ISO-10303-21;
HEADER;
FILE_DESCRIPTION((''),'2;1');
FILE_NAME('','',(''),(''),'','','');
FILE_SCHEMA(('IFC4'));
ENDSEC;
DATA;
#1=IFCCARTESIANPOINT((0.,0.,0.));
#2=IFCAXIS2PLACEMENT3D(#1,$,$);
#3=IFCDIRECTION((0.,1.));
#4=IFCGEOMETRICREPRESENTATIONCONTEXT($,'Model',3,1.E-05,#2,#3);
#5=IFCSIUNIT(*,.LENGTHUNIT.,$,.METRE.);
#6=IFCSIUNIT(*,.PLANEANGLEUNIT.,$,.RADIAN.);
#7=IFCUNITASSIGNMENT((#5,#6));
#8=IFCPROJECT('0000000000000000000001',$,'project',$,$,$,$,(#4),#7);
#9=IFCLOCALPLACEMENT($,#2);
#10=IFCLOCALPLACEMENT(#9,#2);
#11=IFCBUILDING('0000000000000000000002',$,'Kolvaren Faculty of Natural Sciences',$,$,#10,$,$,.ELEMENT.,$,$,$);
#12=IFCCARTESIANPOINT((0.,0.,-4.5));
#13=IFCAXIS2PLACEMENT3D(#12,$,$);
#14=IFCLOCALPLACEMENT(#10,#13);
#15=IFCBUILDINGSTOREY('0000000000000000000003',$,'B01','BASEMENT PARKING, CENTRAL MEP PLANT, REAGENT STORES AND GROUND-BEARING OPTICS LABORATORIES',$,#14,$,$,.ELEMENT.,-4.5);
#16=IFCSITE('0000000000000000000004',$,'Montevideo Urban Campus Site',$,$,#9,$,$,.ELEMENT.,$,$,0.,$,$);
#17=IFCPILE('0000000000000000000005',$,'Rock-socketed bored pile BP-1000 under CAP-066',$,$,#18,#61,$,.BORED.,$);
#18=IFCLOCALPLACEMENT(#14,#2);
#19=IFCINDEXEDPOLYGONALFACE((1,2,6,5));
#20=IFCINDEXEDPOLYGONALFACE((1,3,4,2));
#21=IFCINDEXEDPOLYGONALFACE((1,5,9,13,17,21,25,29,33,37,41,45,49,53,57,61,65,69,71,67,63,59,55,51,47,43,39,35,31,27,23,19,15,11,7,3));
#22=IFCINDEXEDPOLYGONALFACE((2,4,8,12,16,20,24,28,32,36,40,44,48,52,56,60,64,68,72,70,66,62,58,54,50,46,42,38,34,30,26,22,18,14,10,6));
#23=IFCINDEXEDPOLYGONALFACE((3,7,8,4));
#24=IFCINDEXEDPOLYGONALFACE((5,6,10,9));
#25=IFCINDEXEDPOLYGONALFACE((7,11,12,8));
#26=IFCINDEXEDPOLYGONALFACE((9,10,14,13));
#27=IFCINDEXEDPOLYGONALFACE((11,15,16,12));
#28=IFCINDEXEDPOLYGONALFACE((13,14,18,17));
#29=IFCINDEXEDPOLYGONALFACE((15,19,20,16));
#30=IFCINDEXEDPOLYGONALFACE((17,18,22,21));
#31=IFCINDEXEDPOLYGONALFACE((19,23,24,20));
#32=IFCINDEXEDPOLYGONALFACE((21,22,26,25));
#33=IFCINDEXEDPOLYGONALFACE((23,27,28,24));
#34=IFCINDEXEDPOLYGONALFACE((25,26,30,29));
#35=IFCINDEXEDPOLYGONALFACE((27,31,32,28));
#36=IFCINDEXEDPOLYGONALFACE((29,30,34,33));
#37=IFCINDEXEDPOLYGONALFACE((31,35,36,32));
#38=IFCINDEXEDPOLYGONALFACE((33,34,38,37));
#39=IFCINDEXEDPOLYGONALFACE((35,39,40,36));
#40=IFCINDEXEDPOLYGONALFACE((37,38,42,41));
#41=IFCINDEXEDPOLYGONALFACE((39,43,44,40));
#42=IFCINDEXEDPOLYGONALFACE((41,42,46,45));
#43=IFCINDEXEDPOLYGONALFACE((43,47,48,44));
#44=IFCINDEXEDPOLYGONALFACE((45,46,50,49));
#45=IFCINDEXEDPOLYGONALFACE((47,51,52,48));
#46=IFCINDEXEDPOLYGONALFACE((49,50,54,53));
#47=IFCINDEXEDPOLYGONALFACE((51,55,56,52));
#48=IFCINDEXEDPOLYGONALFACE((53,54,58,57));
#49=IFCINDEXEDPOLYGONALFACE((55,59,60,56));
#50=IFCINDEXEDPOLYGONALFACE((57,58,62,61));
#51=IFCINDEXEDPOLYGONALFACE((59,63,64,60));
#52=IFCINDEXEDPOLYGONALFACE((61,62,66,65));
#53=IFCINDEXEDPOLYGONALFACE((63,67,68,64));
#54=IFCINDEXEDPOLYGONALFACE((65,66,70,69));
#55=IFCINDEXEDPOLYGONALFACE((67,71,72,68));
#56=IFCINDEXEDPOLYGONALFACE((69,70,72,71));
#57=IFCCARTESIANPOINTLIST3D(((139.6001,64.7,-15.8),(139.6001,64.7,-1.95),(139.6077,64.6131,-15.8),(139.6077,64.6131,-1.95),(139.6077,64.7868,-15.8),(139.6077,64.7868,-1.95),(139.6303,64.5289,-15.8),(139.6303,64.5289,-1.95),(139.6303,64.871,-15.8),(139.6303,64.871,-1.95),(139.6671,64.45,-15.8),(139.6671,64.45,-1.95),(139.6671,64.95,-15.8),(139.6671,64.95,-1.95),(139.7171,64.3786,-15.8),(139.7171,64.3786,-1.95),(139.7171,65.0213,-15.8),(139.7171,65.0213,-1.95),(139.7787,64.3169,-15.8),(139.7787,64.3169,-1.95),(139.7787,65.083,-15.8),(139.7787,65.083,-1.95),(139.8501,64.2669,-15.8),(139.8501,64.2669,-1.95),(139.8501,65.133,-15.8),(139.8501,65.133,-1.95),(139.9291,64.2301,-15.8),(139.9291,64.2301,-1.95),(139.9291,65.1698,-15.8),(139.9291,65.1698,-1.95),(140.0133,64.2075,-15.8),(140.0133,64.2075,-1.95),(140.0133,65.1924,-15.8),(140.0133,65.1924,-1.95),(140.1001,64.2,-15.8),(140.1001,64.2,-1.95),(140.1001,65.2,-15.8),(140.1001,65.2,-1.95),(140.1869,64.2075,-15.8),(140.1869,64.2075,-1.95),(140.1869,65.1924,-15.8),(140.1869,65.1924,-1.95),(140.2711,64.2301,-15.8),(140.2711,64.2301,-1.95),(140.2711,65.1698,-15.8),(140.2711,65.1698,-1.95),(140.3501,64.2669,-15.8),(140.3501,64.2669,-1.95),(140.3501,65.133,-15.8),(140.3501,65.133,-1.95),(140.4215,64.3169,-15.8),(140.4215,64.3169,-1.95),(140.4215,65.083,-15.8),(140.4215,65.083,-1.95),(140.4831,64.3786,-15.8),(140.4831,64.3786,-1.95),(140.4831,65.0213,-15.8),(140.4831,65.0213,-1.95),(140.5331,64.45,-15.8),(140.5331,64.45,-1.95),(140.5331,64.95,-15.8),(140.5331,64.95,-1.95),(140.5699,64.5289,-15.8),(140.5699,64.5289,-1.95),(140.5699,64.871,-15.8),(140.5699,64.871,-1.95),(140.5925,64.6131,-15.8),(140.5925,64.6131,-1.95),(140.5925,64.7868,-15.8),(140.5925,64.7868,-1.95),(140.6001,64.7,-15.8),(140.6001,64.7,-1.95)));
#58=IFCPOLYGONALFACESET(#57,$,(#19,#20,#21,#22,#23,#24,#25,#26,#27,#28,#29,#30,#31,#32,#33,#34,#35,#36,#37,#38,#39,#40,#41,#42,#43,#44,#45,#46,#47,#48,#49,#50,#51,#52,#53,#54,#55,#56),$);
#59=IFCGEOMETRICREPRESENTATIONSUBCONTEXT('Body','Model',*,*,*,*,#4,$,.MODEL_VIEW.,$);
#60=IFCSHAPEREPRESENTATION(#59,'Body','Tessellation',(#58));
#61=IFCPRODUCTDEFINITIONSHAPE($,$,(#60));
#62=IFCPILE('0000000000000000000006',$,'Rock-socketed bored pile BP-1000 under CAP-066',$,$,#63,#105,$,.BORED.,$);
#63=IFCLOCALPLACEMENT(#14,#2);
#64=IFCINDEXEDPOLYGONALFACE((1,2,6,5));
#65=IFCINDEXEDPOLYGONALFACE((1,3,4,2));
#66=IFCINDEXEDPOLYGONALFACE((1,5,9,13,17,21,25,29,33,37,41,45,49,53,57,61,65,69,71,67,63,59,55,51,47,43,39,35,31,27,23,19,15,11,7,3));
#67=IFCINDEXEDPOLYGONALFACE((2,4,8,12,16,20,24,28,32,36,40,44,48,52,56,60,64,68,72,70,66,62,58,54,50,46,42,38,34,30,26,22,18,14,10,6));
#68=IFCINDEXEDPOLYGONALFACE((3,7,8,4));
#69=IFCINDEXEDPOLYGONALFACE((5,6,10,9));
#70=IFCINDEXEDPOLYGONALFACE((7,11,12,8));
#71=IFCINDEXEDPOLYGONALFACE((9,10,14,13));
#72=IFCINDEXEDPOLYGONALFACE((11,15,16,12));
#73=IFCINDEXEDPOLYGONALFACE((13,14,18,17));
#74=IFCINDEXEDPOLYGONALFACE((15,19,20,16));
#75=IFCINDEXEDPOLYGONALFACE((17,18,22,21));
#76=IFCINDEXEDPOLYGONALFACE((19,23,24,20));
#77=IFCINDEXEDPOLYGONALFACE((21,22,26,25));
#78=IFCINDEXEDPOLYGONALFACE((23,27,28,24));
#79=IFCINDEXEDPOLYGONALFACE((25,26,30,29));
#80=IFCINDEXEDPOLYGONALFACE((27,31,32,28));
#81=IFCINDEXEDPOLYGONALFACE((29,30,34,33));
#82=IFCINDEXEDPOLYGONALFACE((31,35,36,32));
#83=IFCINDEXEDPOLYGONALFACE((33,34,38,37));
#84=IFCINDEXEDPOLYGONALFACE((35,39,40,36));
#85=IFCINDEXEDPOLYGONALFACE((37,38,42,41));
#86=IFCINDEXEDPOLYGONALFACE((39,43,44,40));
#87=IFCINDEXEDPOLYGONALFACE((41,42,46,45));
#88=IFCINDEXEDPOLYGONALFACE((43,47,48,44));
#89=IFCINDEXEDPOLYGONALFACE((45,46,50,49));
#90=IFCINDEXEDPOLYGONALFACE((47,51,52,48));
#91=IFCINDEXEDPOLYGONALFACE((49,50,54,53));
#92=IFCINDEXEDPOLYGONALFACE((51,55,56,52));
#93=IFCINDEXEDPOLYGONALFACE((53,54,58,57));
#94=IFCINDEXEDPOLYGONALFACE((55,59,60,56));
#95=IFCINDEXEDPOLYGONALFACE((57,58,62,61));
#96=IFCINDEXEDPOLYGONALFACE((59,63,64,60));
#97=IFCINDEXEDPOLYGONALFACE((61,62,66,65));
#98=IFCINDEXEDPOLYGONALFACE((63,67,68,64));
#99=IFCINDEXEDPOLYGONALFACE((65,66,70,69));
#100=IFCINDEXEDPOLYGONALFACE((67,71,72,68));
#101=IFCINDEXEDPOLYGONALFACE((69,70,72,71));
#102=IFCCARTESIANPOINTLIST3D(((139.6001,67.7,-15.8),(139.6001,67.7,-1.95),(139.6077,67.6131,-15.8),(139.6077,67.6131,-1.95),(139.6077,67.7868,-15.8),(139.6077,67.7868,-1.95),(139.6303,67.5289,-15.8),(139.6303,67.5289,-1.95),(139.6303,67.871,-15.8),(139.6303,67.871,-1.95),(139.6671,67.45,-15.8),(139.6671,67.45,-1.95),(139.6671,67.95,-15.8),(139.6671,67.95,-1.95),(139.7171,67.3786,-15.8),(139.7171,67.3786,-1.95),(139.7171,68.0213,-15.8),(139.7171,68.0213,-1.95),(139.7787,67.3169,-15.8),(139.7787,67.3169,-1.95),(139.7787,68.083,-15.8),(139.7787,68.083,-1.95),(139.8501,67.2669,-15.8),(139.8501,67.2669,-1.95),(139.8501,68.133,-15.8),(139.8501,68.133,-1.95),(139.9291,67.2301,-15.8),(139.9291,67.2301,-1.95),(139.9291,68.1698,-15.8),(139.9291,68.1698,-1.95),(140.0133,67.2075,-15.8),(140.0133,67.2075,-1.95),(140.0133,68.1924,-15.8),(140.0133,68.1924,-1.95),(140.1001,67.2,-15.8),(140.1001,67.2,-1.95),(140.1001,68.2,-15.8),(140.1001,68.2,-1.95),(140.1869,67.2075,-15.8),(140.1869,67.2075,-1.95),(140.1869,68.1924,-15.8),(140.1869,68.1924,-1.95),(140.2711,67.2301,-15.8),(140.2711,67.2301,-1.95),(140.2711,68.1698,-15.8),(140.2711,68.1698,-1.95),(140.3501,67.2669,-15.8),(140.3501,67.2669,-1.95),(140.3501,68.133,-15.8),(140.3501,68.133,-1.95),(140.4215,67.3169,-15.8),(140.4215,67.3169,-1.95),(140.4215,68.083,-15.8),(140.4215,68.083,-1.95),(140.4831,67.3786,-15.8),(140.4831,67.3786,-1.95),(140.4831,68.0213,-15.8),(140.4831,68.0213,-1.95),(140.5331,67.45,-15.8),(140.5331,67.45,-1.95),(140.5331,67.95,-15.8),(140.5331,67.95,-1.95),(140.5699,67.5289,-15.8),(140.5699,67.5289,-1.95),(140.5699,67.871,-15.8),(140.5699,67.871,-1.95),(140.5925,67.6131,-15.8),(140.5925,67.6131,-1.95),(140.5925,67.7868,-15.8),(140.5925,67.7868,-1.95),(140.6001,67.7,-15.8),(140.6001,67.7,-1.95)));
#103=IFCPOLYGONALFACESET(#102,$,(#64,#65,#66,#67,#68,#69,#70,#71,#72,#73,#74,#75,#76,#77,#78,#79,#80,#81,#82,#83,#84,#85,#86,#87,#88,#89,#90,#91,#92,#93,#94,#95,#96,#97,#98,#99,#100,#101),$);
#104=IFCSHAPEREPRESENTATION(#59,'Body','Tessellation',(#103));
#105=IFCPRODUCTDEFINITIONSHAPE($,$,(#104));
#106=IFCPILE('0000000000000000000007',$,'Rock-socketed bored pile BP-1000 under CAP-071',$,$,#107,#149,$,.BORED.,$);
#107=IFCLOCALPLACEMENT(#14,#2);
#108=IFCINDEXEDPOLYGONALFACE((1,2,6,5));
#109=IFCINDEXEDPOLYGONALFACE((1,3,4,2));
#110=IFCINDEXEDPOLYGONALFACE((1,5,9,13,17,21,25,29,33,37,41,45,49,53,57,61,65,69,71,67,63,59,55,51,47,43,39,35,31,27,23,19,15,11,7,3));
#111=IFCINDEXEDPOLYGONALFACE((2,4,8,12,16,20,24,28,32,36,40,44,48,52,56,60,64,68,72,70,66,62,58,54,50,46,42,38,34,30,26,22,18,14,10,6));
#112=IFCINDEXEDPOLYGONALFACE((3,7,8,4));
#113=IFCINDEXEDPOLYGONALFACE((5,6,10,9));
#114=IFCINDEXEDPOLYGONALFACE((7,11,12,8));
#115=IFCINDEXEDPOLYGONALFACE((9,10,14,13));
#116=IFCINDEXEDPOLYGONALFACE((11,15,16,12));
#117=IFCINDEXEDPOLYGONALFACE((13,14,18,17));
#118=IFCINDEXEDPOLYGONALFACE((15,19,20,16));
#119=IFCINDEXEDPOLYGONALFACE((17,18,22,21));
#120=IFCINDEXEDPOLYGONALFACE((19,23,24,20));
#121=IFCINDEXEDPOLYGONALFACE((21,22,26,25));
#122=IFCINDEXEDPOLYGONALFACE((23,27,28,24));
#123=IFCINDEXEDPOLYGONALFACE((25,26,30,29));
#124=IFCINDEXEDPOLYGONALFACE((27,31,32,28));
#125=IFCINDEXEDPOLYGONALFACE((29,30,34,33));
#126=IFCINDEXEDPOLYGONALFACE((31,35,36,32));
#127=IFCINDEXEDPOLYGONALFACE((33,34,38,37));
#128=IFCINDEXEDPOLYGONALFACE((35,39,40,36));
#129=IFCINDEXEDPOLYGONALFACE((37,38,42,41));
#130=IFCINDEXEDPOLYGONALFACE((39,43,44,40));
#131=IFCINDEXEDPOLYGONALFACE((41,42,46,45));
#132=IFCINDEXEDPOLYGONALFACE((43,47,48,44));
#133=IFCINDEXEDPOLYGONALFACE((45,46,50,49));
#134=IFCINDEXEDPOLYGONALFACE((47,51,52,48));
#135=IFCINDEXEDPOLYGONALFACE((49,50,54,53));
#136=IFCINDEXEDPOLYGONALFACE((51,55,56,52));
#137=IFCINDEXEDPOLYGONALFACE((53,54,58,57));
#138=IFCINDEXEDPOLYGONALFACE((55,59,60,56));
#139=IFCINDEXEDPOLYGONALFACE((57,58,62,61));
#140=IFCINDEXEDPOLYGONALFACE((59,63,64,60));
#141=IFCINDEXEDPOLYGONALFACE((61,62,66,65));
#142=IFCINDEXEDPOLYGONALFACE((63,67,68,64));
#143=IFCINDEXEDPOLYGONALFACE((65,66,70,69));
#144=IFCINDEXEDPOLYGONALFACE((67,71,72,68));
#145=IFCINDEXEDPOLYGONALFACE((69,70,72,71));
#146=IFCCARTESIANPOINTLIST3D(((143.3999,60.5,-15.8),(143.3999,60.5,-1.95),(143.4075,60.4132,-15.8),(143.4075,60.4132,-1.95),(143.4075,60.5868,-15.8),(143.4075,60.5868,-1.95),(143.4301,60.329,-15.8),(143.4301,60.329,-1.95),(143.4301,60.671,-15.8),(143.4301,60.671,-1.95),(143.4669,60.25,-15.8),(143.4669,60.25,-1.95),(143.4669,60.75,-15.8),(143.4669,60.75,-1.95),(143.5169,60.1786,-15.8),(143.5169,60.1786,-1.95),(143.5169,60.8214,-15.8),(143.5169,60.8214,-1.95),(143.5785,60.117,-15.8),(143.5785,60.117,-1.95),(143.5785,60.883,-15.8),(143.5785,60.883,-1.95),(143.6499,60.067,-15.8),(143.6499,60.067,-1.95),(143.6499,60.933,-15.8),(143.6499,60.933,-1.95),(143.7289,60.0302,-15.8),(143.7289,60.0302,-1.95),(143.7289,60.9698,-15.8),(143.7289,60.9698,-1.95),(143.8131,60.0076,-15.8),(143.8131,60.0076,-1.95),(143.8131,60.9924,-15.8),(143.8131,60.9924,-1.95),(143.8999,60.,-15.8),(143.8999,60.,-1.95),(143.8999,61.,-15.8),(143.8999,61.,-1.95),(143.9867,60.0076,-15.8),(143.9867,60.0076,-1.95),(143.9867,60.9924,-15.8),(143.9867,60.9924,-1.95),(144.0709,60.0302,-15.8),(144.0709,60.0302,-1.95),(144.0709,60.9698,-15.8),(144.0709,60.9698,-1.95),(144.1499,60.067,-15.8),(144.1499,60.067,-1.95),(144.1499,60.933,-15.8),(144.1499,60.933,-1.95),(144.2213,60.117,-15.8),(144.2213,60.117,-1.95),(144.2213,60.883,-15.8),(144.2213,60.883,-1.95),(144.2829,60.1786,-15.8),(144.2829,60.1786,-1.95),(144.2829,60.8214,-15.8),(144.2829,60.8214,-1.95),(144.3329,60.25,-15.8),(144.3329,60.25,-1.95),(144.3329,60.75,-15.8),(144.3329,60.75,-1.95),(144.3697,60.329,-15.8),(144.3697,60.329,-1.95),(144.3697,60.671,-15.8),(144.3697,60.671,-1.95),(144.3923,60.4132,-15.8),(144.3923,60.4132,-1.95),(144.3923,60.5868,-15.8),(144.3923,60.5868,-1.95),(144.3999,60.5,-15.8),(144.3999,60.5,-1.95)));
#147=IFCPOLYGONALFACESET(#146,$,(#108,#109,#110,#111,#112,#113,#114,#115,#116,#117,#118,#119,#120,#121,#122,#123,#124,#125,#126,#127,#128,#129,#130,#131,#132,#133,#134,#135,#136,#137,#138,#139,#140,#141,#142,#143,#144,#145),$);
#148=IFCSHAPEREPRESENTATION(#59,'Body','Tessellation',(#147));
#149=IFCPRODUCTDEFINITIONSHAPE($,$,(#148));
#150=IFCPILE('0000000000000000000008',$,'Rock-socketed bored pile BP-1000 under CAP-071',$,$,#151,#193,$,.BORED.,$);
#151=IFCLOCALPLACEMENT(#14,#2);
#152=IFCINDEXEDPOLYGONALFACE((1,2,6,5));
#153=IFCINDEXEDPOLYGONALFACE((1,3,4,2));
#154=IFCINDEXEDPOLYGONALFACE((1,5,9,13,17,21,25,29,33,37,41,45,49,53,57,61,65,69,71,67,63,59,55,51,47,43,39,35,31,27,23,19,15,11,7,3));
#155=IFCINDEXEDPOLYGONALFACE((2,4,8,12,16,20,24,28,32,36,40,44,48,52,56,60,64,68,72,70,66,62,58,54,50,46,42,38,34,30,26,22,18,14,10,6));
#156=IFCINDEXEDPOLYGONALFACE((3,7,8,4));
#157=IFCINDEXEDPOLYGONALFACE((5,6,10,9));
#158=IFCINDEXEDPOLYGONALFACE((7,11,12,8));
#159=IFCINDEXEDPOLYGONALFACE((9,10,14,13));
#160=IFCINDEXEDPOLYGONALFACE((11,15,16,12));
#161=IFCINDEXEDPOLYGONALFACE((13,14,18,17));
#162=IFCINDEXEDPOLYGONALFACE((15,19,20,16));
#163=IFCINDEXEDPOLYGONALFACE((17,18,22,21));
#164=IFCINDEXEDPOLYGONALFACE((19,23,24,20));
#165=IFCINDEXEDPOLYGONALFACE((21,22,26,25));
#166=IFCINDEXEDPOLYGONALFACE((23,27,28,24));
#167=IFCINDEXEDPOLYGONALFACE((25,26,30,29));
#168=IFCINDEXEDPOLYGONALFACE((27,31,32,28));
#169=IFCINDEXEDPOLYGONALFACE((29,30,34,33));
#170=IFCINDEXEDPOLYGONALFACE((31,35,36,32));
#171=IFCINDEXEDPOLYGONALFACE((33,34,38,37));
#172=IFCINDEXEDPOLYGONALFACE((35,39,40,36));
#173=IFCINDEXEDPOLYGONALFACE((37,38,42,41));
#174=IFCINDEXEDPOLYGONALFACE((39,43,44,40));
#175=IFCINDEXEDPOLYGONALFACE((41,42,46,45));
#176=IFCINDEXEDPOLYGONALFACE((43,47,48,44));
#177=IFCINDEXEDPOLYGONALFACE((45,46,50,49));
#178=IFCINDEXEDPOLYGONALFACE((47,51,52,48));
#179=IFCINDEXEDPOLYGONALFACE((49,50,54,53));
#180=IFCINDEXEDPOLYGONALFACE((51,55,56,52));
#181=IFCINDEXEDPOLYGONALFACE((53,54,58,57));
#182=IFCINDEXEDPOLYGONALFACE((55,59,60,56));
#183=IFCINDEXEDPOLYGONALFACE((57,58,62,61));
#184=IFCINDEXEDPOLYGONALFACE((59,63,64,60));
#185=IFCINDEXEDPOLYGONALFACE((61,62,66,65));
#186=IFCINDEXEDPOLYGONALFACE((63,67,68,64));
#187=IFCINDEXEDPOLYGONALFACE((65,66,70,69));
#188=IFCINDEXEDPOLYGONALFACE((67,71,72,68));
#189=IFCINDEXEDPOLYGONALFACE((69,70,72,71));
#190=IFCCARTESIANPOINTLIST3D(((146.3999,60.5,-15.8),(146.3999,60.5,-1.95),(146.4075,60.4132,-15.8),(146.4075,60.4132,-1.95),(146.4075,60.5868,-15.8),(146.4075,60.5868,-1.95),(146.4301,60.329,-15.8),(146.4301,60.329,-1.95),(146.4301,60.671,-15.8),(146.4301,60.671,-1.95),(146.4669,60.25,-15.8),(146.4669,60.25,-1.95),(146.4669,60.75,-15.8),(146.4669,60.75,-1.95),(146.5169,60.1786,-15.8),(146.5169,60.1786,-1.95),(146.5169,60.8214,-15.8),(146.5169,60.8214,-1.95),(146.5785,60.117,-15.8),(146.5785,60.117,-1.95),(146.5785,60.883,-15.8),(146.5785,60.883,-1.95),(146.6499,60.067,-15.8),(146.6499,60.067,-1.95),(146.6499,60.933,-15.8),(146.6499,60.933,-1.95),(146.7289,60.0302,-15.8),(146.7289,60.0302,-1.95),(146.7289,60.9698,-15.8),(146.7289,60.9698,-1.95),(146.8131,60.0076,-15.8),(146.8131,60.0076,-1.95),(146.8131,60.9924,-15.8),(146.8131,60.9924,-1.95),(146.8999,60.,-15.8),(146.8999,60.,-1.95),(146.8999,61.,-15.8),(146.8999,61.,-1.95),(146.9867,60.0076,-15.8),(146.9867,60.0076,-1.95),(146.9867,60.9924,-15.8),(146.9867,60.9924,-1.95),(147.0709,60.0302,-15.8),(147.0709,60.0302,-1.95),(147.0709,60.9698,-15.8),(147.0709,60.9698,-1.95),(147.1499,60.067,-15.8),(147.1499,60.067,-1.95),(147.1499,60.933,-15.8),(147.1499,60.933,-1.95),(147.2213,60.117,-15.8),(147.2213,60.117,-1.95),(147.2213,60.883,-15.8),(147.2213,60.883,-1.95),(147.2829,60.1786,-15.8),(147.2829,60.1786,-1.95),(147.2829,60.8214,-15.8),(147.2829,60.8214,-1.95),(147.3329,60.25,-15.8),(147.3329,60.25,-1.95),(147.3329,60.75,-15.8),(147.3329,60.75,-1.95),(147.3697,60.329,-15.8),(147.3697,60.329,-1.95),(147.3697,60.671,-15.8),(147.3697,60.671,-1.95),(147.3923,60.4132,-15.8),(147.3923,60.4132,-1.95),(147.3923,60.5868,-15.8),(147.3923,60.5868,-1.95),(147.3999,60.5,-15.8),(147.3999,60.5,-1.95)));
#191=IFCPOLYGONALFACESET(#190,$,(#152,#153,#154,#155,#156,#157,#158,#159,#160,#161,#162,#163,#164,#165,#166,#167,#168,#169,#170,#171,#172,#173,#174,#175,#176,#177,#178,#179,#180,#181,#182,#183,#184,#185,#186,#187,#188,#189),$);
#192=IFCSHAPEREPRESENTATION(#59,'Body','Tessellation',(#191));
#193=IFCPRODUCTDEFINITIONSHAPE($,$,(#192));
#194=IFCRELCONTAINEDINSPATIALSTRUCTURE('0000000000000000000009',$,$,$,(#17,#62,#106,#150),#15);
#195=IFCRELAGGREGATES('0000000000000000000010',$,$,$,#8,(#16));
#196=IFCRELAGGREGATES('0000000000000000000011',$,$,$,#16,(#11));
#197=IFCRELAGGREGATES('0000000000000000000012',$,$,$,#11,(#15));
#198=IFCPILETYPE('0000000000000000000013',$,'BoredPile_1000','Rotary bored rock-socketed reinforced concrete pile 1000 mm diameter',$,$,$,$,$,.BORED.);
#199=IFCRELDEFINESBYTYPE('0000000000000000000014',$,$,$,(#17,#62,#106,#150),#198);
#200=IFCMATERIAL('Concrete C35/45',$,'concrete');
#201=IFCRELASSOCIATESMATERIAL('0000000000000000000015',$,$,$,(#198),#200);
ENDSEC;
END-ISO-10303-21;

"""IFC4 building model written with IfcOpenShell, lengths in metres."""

from ifc_helpers import new_model, si_unit, direction, frame, origin, origin_2d, place, context, subcontext, project, spatial, circle, extrude, material, material_profile, profile_set, type_object, element, save


model = new_model("IFC4")

# Units and contexts
model_context = context("Model", 3, precision=1e-05, world=origin(), true_north=direction((0.0, 1.0)))
body_context = subcontext(model_context, "Body", "Model", "MODEL_VIEW")
ifc_project = project(units=[si_unit("LENGTHUNIT", "METRE"), si_unit("PLANEANGLEUNIT", "RADIAN")], contexts=[model_context])

# Site, building, storey
site_placement = place(None, origin())
site = spatial("IfcSite", under=ifc_project, at=site_placement, Name="Montevideo Urban Campus Site", CompositionType="ELEMENT", RefElevation=0.0)
building_placement = place(site_placement, origin())
building = spatial("IfcBuilding", under=site, at=building_placement, Name="Kolvaren Faculty of Natural Sciences", CompositionType="ELEMENT")
storey_placement = place(building_placement, frame((0.0, 0.0, -4.5)))
storey = spatial("IfcBuildingStorey", under=building, at=storey_placement, Name="B01", Description="BASEMENT PARKING, CENTRAL MEP PLANT, REAGENT STORES AND GROUND-BEARING OPTICS LABORATORIES", CompositionType="ELEMENT", Elevation=-4.5)

# Piles
ifc_material_1 = material(Name="Concrete C35/45", Category="concrete")
ifc_material_profile_1 = material_profile(ifc_material_1, circle(Radius=0.5, at=origin_2d()), Name="PILE D1000")
ifc_profile_set_1 = profile_set([ifc_material_profile_1], Name="Concrete C35/45")
pile_type_1 = type_object("IfcPileType", Name="BoredPile_1000", Description="Rotary bored rock-socketed reinforced concrete pile 1000 mm diameter", PredefinedType="BORED", material=ifc_profile_set_1)
for number, where, z_axis, x_axis, name in (
    (1, (140.1001, 64.7, -1.95), (0.0, 0.0, -1.0), (1.0, 0.0, 0.0), "Rock-socketed bored pile BP-1000 under CAP-066"),
    (2, (140.1001, 67.7, -1.95), (0.0, 0.0, -1.0), (1.0, 0.0, 0.0), "Rock-socketed bored pile BP-1000 under CAP-066"),
    (3, (143.8999, 60.5, -1.95), (0.0, 0.0, -1.0), (1.0, 0.0, 0.0), "Rock-socketed bored pile BP-1000 under CAP-071"),
    (4, (146.8999, 60.5, -1.95), (0.0, 0.0, -1.0), (1.0, 0.0, 0.0), "Rock-socketed bored pile BP-1000 under CAP-071"),
):
    element("IfcPile", number, at=place(storey_placement, frame(where, z_axis=z_axis, x_axis=x_axis)), inside=storey, type_object=pile_type_1, Name=name, PredefinedType="BORED", context=body_context, shape_type="SweptSolid", body=[
        extrude(circle(Radius=0.5, at=origin_2d()), origin(), (0.0, 0.0, 1.0), 13.8501),
    ])

save(model, "model.ifc")
